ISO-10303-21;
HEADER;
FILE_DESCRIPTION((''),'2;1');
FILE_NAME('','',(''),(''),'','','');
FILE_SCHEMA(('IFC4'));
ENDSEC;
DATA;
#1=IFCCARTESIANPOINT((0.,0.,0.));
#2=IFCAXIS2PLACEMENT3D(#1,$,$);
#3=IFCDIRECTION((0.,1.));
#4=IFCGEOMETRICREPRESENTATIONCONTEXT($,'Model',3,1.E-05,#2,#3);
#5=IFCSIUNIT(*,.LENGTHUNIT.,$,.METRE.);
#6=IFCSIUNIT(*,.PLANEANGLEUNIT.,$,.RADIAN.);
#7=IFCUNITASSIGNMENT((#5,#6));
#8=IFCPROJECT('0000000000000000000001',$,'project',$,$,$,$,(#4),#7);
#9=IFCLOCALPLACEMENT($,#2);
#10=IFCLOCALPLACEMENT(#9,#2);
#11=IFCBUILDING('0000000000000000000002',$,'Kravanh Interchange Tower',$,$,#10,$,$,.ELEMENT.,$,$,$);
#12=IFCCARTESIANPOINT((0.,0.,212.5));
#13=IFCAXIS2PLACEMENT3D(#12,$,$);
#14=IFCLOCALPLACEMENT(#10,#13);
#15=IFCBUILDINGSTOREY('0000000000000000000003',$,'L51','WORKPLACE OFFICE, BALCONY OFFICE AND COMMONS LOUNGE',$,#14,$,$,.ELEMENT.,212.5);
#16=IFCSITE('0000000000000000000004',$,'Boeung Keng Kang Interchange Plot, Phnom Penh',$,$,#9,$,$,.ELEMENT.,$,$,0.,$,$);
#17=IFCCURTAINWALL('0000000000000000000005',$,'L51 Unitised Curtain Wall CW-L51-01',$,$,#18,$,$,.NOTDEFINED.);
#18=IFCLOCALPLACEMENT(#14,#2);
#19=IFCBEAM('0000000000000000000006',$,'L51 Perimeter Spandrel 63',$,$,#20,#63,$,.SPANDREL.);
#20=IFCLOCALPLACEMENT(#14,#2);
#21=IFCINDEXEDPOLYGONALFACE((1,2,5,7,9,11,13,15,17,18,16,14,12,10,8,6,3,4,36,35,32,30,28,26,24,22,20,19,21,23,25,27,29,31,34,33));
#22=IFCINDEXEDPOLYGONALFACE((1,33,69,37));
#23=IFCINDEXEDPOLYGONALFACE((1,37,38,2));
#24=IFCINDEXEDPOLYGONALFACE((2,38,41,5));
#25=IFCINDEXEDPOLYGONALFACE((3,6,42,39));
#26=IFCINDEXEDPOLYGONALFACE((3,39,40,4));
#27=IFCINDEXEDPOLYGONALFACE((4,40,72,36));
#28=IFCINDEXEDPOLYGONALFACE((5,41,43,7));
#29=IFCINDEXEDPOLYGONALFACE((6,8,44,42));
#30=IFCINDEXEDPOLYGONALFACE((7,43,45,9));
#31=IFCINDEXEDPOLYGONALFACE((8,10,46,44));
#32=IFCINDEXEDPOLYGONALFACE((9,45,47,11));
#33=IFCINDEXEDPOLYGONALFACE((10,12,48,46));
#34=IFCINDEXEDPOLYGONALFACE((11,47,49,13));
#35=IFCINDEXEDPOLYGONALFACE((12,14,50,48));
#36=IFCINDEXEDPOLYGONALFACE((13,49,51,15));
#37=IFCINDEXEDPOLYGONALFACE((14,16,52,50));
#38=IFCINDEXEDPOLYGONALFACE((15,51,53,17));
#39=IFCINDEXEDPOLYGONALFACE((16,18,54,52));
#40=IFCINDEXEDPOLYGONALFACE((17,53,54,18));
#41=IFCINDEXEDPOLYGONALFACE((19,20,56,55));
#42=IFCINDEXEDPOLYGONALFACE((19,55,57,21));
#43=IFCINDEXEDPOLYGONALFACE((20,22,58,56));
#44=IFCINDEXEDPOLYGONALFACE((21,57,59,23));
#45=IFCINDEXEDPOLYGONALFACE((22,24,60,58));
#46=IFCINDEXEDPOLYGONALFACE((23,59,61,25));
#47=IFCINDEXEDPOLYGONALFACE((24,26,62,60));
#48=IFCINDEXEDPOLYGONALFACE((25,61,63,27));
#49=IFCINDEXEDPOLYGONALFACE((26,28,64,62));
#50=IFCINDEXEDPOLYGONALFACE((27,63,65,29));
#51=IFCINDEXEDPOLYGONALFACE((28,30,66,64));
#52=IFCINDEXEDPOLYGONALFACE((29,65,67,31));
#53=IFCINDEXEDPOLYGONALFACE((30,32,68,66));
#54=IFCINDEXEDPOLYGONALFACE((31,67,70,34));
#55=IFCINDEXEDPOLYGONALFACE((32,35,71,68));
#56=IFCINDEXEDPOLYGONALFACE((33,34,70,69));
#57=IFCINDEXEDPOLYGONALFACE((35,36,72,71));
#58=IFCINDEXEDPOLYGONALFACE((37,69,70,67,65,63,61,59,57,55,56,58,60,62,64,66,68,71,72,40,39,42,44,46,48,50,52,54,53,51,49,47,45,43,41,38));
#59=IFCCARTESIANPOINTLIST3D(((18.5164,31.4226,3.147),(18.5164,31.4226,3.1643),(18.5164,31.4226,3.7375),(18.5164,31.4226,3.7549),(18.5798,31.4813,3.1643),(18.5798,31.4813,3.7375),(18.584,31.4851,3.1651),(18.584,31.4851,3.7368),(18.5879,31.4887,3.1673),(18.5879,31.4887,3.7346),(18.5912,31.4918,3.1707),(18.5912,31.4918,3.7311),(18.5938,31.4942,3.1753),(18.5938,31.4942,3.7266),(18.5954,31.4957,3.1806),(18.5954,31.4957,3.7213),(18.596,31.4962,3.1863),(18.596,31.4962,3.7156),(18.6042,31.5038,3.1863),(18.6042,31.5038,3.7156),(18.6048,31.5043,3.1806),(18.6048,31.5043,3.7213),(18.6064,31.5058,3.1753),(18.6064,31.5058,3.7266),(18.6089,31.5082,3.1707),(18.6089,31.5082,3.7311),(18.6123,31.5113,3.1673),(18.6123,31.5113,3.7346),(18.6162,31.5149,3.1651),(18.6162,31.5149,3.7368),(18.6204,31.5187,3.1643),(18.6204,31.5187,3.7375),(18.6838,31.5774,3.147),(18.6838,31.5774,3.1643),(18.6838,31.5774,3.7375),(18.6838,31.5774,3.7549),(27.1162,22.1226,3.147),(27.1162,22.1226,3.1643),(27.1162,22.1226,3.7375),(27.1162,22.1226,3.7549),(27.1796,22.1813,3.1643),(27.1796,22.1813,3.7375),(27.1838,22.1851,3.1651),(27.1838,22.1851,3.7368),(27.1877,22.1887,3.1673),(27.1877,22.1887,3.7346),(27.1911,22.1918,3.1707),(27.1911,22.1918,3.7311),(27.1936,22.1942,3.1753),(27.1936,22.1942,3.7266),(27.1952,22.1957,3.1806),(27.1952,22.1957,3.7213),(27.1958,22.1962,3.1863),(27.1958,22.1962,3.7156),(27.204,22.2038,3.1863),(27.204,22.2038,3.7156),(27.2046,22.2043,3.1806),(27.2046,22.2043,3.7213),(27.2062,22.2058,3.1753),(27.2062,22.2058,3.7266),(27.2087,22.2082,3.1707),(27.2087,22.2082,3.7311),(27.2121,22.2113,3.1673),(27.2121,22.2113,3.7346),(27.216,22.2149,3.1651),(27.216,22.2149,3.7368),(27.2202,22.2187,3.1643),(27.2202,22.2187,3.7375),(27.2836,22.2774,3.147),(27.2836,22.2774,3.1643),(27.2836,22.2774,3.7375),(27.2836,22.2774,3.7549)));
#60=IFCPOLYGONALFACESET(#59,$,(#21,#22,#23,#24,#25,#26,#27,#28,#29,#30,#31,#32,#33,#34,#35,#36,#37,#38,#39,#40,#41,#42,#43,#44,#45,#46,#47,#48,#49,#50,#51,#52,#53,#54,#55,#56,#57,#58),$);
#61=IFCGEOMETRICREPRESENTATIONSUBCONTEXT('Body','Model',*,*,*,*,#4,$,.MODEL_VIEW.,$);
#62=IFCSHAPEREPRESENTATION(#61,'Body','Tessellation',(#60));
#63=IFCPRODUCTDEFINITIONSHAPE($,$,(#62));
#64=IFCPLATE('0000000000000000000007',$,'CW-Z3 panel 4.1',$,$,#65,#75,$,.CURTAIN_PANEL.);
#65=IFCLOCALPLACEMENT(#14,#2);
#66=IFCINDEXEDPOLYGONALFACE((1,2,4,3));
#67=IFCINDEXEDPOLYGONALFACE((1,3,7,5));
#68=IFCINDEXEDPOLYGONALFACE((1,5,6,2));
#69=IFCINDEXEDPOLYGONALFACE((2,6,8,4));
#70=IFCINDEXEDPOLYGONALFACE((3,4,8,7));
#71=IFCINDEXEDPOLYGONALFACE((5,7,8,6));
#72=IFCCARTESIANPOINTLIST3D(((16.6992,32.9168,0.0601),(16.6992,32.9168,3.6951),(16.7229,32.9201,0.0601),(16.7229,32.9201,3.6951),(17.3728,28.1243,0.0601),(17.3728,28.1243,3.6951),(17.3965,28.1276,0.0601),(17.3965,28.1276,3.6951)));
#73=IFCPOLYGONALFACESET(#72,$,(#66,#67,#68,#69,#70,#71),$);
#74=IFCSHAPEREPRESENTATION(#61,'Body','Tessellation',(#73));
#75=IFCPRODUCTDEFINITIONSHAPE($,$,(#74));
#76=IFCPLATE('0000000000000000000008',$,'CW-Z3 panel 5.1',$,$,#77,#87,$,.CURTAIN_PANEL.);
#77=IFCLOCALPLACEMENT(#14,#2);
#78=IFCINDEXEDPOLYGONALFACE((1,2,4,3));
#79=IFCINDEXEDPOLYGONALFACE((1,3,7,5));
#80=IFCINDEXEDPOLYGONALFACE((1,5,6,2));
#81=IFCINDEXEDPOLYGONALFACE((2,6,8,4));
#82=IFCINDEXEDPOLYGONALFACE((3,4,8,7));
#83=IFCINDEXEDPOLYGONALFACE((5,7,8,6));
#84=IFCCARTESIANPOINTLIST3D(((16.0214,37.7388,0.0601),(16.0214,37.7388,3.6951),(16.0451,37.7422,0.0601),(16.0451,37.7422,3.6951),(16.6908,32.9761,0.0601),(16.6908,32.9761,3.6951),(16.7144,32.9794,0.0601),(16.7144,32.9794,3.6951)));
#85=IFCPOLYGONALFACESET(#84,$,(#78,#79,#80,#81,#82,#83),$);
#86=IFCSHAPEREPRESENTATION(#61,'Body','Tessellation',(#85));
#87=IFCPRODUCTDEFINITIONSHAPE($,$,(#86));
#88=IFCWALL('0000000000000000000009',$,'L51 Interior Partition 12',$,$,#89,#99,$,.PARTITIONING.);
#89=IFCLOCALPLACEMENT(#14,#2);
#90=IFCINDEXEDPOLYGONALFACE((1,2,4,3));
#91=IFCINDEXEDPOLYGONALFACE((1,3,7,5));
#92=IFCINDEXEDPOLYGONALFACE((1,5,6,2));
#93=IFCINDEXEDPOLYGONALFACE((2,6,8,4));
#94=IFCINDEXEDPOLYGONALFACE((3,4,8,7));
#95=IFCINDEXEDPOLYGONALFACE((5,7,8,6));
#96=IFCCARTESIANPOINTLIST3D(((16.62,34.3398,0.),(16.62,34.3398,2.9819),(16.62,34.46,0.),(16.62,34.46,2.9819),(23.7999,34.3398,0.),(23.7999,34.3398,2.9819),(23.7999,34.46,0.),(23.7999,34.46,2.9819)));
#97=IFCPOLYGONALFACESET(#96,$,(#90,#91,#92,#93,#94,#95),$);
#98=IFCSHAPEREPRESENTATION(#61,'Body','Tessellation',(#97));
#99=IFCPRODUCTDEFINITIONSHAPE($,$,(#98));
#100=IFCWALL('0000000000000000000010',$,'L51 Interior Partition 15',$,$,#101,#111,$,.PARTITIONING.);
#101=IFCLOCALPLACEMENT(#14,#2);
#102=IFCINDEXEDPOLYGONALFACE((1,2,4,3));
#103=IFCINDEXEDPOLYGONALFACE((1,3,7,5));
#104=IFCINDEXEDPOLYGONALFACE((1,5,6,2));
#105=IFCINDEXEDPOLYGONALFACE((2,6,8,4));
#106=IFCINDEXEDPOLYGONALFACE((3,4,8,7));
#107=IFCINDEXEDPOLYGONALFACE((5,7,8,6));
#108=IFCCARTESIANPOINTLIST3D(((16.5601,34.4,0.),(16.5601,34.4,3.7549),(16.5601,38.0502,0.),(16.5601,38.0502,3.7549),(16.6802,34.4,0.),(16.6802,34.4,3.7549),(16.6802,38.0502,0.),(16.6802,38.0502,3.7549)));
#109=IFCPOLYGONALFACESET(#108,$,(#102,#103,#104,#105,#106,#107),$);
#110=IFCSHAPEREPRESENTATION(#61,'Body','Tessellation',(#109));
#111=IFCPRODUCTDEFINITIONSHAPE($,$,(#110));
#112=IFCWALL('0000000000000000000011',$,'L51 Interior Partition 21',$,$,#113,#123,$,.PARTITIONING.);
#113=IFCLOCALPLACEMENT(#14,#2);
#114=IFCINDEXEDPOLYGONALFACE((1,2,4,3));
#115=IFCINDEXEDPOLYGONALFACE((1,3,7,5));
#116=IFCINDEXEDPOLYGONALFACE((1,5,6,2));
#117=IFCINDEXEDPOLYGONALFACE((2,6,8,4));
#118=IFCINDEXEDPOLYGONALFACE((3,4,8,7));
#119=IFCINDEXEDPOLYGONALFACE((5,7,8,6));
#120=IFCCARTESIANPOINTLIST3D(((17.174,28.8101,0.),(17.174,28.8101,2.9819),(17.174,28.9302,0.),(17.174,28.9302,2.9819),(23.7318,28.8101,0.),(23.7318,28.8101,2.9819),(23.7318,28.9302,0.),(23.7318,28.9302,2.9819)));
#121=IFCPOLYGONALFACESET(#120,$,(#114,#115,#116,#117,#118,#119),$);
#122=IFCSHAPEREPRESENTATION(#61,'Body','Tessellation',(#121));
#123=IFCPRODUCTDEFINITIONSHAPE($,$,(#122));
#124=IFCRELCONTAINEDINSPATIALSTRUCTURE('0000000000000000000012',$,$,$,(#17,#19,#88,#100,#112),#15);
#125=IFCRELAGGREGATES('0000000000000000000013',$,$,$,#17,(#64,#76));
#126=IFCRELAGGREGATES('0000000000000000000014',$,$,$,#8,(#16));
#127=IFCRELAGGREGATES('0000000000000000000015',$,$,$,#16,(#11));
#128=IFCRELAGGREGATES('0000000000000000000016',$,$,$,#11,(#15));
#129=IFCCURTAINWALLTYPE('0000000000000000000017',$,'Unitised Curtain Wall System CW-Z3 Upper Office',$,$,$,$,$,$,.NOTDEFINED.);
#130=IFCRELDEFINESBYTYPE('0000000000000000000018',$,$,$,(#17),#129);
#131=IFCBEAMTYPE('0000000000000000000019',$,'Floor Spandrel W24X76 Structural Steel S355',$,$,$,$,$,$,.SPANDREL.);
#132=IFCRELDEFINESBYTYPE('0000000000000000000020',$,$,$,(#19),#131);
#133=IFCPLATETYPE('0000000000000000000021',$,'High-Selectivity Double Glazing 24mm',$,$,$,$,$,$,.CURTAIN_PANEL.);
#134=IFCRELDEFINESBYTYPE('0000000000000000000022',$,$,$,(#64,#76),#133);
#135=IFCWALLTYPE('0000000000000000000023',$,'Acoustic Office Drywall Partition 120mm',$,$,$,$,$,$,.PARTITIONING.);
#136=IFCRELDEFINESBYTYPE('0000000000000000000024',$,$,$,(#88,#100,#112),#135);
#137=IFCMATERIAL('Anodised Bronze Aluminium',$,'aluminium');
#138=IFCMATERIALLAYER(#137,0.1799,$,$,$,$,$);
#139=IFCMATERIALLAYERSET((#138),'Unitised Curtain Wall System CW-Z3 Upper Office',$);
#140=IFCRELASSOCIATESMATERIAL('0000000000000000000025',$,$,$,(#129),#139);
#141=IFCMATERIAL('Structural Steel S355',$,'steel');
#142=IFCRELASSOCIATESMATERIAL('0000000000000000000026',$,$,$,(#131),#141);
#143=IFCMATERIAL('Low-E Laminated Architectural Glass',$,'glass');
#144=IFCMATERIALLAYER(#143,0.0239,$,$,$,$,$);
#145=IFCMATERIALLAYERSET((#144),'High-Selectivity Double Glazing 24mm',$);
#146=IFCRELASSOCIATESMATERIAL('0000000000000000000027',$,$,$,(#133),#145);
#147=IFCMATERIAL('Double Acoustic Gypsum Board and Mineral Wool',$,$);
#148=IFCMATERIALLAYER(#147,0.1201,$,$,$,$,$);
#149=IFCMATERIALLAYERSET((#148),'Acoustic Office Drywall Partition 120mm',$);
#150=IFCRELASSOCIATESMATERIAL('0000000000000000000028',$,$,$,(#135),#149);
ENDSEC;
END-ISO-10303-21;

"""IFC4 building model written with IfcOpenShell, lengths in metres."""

from ifc_helpers import new_model, si_unit, direction, frame, frame_2d, origin, origin_2d, place, context, subcontext, project, spatial, rectangle, i_section, extrude, material, layer, layer_set, material_profile, profile_set, type_object, element, aggregate, save


model = new_model("IFC4")

# Units and contexts
model_context = context("Model", 3, precision=1e-05, world=origin(), true_north=direction((0.0, 1.0)))
body_context = subcontext(model_context, "Body", "Model", "MODEL_VIEW")
ifc_project = project(units=[si_unit("LENGTHUNIT", "METRE"), si_unit("PLANEANGLEUNIT", "RADIAN")], contexts=[model_context])

# Site, building, storey
site_placement = place(None, origin())
site = spatial("IfcSite", under=ifc_project, at=site_placement, Name="Boeung Keng Kang Interchange Plot, Phnom Penh", CompositionType="ELEMENT", RefElevation=0.0)
building_placement = place(site_placement, origin())
building = spatial("IfcBuilding", under=site, at=building_placement, Name="Kravanh Interchange Tower", CompositionType="ELEMENT")
storey_placement = place(building_placement, frame((0.0, 0.0, 212.5)))
storey = spatial("IfcBuildingStorey", under=building, at=storey_placement, Name="L51", Description="WORKPLACE OFFICE, BALCONY OFFICE AND COMMONS LOUNGE", CompositionType="ELEMENT", Elevation=212.5)

# Curtain wall
ifc_material_1 = material(Name="Anodised Bronze Aluminium", Category="aluminium")
ifc_layer_1 = layer(ifc_material_1, 0.1799)
ifc_layer_set_1 = layer_set([ifc_layer_1], Name="Unitised Curtain Wall System CW-Z3 Upper Office")
curtain_wall_type = type_object("IfcCurtainWallType", Name="Unitised Curtain Wall System CW-Z3 Upper Office", PredefinedType="NOTDEFINED", material=ifc_layer_set_1)
curtain_wall_placement = place(storey_placement, origin())
curtain_wall = element("IfcCurtainWall", 1, at=curtain_wall_placement, inside=storey, type_object=curtain_wall_type, Name="L51 Unitised Curtain Wall CW-L51-01", PredefinedType="NOTDEFINED")

# Beam
ifc_material_2 = material(Name="Structural Steel S355", Category="steel")
ifc_material_profile_1 = material_profile(ifc_material_2, i_section(OverallWidth=0.228, OverallDepth=0.6079, WebThickness=0.0112, FlangeThickness=0.0173, FilletRadius=0.022, at=origin_2d()), Name="W24X76")
ifc_profile_set_1 = profile_set([ifc_material_profile_1], Name="Structural Steel S355")
beam_type_1 = type_object("IfcBeamType", Name="Floor Spandrel W24X76 Structural Steel S355", PredefinedType="SPANDREL", material=ifc_profile_set_1)
beam_1_placement = place(storey_placement, frame((18.6001, 31.5, 3.4509), z_axis=(0.678927, -0.734205, 0.0), x_axis=(0.734205, 0.678927, 0.0)))
element("IfcBeam", 2, at=beam_1_placement, inside=storey, type_object=beam_type_1, Name="L51 Perimeter Spandrel 63", PredefinedType="SPANDREL", context=body_context, shape_type="SweptSolid", body=[
    extrude(i_section(OverallWidth=0.228, OverallDepth=0.6079, WebThickness=0.0112, FlangeThickness=0.0173, FilletRadius=0.022, at=origin_2d()), origin(), (0.0, 0.0, 1.0), 12.6667),
])

# Plates
ifc_material_3 = material(Name="Low-E Laminated Architectural Glass", Category="glass")
ifc_layer_2 = layer(ifc_material_3, 0.0239)
ifc_layer_set_2 = layer_set([ifc_layer_2], Name="High-Selectivity Double Glazing 24mm")
plate_type = type_object("IfcPlateType", Name="High-Selectivity Double Glazing 24mm", PredefinedType="CURTAIN_PANEL", material=ifc_layer_set_2)
plate_1_placement = place(storey_placement, frame((17.0479, 30.5222, 0.0601), z_axis=(0.0, 0.0, 1.0), x_axis=(-0.139172, 0.990268, 0.0)))
plate_1 = element("IfcPlate", 3, at=plate_1_placement, type_object=plate_type, Name="CW-Z3 panel 4.1", PredefinedType="CURTAIN_PANEL", context=body_context, shape_type="SweptSolid", body=[
    extrude(rectangle(XDim=4.8396, YDim=0.0239, at=origin_2d()), origin(), (0.0, 0.0, 1.0), 3.635),
])
plate_2_placement = place(storey_placement, frame((16.3679, 35.3591, 0.0601), z_axis=(0.0, 0.0, 1.0), x_axis=(-0.139172, 0.990268, 0.0)))
plate_2 = element("IfcPlate", 4, at=plate_2_placement, type_object=plate_type, Name="CW-Z3 panel 5.1", PredefinedType="CURTAIN_PANEL", context=body_context, shape_type="SweptSolid", body=[
    extrude(rectangle(XDim=4.8096, YDim=0.0239, at=origin_2d()), origin(), (0.0, 0.0, 1.0), 3.635),
])
aggregate(curtain_wall, [plate_1, plate_2])

# Walls
ifc_material_4 = material(Name="Double Acoustic Gypsum Board and Mineral Wool")
ifc_layer_3 = layer(ifc_material_4, 0.1201)
ifc_layer_set_3 = layer_set([ifc_layer_3], Name="Acoustic Office Drywall Partition 120mm")
wall_type = type_object("IfcWallType", Name="Acoustic Office Drywall Partition 120mm", PredefinedType="PARTITIONING", material=ifc_layer_set_3)
wall_1_placement = place(storey_placement, frame((16.6201, 34.3999, 0.0), z_axis=(0.0, 0.0, 1.0), x_axis=(1.0, 0.0, 0.0)))
element("IfcWall", 5, at=wall_1_placement, inside=storey, type_object=wall_type, Name="L51 Interior Partition 12", PredefinedType="PARTITIONING", context=body_context, shape_type="SweptSolid", body=[
    extrude(rectangle(XDim=7.1799, YDim=0.1201, at=frame_2d((3.5898, 0.0))), origin(), (0.0, 0.0, 1.0), 2.9819),
])
wall_2_placement = place(storey_placement, frame((16.6201, 34.3999, 0.0), z_axis=(0.0, 0.0, 1.0), x_axis=(0.0, 1.0, 0.0)))
element("IfcWall", 6, at=wall_2_placement, inside=storey, type_object=wall_type, Name="L51 Interior Partition 15", PredefinedType="PARTITIONING", context=body_context, shape_type="SweptSolid", body=[
    extrude(rectangle(XDim=3.6501, YDim=0.1201, at=frame_2d((1.8252, 0.0))), origin(), (0.0, 0.0, 1.0), 3.7549),
])
wall_3_placement = place(storey_placement, frame((17.1741, 28.8701, 0.0), z_axis=(0.0, 0.0, 1.0), x_axis=(1.0, 0.0, 0.0)))
element("IfcWall", 7, at=wall_3_placement, inside=storey, type_object=wall_type, Name="L51 Interior Partition 21", PredefinedType="PARTITIONING", context=body_context, shape_type="SweptSolid", body=[
    extrude(rectangle(XDim=6.5579, YDim=0.1201, at=frame_2d((3.2788, 0.0))), origin(), (0.0, 0.0, 1.0), 2.9819),
])

save(model, "model.ifc")
